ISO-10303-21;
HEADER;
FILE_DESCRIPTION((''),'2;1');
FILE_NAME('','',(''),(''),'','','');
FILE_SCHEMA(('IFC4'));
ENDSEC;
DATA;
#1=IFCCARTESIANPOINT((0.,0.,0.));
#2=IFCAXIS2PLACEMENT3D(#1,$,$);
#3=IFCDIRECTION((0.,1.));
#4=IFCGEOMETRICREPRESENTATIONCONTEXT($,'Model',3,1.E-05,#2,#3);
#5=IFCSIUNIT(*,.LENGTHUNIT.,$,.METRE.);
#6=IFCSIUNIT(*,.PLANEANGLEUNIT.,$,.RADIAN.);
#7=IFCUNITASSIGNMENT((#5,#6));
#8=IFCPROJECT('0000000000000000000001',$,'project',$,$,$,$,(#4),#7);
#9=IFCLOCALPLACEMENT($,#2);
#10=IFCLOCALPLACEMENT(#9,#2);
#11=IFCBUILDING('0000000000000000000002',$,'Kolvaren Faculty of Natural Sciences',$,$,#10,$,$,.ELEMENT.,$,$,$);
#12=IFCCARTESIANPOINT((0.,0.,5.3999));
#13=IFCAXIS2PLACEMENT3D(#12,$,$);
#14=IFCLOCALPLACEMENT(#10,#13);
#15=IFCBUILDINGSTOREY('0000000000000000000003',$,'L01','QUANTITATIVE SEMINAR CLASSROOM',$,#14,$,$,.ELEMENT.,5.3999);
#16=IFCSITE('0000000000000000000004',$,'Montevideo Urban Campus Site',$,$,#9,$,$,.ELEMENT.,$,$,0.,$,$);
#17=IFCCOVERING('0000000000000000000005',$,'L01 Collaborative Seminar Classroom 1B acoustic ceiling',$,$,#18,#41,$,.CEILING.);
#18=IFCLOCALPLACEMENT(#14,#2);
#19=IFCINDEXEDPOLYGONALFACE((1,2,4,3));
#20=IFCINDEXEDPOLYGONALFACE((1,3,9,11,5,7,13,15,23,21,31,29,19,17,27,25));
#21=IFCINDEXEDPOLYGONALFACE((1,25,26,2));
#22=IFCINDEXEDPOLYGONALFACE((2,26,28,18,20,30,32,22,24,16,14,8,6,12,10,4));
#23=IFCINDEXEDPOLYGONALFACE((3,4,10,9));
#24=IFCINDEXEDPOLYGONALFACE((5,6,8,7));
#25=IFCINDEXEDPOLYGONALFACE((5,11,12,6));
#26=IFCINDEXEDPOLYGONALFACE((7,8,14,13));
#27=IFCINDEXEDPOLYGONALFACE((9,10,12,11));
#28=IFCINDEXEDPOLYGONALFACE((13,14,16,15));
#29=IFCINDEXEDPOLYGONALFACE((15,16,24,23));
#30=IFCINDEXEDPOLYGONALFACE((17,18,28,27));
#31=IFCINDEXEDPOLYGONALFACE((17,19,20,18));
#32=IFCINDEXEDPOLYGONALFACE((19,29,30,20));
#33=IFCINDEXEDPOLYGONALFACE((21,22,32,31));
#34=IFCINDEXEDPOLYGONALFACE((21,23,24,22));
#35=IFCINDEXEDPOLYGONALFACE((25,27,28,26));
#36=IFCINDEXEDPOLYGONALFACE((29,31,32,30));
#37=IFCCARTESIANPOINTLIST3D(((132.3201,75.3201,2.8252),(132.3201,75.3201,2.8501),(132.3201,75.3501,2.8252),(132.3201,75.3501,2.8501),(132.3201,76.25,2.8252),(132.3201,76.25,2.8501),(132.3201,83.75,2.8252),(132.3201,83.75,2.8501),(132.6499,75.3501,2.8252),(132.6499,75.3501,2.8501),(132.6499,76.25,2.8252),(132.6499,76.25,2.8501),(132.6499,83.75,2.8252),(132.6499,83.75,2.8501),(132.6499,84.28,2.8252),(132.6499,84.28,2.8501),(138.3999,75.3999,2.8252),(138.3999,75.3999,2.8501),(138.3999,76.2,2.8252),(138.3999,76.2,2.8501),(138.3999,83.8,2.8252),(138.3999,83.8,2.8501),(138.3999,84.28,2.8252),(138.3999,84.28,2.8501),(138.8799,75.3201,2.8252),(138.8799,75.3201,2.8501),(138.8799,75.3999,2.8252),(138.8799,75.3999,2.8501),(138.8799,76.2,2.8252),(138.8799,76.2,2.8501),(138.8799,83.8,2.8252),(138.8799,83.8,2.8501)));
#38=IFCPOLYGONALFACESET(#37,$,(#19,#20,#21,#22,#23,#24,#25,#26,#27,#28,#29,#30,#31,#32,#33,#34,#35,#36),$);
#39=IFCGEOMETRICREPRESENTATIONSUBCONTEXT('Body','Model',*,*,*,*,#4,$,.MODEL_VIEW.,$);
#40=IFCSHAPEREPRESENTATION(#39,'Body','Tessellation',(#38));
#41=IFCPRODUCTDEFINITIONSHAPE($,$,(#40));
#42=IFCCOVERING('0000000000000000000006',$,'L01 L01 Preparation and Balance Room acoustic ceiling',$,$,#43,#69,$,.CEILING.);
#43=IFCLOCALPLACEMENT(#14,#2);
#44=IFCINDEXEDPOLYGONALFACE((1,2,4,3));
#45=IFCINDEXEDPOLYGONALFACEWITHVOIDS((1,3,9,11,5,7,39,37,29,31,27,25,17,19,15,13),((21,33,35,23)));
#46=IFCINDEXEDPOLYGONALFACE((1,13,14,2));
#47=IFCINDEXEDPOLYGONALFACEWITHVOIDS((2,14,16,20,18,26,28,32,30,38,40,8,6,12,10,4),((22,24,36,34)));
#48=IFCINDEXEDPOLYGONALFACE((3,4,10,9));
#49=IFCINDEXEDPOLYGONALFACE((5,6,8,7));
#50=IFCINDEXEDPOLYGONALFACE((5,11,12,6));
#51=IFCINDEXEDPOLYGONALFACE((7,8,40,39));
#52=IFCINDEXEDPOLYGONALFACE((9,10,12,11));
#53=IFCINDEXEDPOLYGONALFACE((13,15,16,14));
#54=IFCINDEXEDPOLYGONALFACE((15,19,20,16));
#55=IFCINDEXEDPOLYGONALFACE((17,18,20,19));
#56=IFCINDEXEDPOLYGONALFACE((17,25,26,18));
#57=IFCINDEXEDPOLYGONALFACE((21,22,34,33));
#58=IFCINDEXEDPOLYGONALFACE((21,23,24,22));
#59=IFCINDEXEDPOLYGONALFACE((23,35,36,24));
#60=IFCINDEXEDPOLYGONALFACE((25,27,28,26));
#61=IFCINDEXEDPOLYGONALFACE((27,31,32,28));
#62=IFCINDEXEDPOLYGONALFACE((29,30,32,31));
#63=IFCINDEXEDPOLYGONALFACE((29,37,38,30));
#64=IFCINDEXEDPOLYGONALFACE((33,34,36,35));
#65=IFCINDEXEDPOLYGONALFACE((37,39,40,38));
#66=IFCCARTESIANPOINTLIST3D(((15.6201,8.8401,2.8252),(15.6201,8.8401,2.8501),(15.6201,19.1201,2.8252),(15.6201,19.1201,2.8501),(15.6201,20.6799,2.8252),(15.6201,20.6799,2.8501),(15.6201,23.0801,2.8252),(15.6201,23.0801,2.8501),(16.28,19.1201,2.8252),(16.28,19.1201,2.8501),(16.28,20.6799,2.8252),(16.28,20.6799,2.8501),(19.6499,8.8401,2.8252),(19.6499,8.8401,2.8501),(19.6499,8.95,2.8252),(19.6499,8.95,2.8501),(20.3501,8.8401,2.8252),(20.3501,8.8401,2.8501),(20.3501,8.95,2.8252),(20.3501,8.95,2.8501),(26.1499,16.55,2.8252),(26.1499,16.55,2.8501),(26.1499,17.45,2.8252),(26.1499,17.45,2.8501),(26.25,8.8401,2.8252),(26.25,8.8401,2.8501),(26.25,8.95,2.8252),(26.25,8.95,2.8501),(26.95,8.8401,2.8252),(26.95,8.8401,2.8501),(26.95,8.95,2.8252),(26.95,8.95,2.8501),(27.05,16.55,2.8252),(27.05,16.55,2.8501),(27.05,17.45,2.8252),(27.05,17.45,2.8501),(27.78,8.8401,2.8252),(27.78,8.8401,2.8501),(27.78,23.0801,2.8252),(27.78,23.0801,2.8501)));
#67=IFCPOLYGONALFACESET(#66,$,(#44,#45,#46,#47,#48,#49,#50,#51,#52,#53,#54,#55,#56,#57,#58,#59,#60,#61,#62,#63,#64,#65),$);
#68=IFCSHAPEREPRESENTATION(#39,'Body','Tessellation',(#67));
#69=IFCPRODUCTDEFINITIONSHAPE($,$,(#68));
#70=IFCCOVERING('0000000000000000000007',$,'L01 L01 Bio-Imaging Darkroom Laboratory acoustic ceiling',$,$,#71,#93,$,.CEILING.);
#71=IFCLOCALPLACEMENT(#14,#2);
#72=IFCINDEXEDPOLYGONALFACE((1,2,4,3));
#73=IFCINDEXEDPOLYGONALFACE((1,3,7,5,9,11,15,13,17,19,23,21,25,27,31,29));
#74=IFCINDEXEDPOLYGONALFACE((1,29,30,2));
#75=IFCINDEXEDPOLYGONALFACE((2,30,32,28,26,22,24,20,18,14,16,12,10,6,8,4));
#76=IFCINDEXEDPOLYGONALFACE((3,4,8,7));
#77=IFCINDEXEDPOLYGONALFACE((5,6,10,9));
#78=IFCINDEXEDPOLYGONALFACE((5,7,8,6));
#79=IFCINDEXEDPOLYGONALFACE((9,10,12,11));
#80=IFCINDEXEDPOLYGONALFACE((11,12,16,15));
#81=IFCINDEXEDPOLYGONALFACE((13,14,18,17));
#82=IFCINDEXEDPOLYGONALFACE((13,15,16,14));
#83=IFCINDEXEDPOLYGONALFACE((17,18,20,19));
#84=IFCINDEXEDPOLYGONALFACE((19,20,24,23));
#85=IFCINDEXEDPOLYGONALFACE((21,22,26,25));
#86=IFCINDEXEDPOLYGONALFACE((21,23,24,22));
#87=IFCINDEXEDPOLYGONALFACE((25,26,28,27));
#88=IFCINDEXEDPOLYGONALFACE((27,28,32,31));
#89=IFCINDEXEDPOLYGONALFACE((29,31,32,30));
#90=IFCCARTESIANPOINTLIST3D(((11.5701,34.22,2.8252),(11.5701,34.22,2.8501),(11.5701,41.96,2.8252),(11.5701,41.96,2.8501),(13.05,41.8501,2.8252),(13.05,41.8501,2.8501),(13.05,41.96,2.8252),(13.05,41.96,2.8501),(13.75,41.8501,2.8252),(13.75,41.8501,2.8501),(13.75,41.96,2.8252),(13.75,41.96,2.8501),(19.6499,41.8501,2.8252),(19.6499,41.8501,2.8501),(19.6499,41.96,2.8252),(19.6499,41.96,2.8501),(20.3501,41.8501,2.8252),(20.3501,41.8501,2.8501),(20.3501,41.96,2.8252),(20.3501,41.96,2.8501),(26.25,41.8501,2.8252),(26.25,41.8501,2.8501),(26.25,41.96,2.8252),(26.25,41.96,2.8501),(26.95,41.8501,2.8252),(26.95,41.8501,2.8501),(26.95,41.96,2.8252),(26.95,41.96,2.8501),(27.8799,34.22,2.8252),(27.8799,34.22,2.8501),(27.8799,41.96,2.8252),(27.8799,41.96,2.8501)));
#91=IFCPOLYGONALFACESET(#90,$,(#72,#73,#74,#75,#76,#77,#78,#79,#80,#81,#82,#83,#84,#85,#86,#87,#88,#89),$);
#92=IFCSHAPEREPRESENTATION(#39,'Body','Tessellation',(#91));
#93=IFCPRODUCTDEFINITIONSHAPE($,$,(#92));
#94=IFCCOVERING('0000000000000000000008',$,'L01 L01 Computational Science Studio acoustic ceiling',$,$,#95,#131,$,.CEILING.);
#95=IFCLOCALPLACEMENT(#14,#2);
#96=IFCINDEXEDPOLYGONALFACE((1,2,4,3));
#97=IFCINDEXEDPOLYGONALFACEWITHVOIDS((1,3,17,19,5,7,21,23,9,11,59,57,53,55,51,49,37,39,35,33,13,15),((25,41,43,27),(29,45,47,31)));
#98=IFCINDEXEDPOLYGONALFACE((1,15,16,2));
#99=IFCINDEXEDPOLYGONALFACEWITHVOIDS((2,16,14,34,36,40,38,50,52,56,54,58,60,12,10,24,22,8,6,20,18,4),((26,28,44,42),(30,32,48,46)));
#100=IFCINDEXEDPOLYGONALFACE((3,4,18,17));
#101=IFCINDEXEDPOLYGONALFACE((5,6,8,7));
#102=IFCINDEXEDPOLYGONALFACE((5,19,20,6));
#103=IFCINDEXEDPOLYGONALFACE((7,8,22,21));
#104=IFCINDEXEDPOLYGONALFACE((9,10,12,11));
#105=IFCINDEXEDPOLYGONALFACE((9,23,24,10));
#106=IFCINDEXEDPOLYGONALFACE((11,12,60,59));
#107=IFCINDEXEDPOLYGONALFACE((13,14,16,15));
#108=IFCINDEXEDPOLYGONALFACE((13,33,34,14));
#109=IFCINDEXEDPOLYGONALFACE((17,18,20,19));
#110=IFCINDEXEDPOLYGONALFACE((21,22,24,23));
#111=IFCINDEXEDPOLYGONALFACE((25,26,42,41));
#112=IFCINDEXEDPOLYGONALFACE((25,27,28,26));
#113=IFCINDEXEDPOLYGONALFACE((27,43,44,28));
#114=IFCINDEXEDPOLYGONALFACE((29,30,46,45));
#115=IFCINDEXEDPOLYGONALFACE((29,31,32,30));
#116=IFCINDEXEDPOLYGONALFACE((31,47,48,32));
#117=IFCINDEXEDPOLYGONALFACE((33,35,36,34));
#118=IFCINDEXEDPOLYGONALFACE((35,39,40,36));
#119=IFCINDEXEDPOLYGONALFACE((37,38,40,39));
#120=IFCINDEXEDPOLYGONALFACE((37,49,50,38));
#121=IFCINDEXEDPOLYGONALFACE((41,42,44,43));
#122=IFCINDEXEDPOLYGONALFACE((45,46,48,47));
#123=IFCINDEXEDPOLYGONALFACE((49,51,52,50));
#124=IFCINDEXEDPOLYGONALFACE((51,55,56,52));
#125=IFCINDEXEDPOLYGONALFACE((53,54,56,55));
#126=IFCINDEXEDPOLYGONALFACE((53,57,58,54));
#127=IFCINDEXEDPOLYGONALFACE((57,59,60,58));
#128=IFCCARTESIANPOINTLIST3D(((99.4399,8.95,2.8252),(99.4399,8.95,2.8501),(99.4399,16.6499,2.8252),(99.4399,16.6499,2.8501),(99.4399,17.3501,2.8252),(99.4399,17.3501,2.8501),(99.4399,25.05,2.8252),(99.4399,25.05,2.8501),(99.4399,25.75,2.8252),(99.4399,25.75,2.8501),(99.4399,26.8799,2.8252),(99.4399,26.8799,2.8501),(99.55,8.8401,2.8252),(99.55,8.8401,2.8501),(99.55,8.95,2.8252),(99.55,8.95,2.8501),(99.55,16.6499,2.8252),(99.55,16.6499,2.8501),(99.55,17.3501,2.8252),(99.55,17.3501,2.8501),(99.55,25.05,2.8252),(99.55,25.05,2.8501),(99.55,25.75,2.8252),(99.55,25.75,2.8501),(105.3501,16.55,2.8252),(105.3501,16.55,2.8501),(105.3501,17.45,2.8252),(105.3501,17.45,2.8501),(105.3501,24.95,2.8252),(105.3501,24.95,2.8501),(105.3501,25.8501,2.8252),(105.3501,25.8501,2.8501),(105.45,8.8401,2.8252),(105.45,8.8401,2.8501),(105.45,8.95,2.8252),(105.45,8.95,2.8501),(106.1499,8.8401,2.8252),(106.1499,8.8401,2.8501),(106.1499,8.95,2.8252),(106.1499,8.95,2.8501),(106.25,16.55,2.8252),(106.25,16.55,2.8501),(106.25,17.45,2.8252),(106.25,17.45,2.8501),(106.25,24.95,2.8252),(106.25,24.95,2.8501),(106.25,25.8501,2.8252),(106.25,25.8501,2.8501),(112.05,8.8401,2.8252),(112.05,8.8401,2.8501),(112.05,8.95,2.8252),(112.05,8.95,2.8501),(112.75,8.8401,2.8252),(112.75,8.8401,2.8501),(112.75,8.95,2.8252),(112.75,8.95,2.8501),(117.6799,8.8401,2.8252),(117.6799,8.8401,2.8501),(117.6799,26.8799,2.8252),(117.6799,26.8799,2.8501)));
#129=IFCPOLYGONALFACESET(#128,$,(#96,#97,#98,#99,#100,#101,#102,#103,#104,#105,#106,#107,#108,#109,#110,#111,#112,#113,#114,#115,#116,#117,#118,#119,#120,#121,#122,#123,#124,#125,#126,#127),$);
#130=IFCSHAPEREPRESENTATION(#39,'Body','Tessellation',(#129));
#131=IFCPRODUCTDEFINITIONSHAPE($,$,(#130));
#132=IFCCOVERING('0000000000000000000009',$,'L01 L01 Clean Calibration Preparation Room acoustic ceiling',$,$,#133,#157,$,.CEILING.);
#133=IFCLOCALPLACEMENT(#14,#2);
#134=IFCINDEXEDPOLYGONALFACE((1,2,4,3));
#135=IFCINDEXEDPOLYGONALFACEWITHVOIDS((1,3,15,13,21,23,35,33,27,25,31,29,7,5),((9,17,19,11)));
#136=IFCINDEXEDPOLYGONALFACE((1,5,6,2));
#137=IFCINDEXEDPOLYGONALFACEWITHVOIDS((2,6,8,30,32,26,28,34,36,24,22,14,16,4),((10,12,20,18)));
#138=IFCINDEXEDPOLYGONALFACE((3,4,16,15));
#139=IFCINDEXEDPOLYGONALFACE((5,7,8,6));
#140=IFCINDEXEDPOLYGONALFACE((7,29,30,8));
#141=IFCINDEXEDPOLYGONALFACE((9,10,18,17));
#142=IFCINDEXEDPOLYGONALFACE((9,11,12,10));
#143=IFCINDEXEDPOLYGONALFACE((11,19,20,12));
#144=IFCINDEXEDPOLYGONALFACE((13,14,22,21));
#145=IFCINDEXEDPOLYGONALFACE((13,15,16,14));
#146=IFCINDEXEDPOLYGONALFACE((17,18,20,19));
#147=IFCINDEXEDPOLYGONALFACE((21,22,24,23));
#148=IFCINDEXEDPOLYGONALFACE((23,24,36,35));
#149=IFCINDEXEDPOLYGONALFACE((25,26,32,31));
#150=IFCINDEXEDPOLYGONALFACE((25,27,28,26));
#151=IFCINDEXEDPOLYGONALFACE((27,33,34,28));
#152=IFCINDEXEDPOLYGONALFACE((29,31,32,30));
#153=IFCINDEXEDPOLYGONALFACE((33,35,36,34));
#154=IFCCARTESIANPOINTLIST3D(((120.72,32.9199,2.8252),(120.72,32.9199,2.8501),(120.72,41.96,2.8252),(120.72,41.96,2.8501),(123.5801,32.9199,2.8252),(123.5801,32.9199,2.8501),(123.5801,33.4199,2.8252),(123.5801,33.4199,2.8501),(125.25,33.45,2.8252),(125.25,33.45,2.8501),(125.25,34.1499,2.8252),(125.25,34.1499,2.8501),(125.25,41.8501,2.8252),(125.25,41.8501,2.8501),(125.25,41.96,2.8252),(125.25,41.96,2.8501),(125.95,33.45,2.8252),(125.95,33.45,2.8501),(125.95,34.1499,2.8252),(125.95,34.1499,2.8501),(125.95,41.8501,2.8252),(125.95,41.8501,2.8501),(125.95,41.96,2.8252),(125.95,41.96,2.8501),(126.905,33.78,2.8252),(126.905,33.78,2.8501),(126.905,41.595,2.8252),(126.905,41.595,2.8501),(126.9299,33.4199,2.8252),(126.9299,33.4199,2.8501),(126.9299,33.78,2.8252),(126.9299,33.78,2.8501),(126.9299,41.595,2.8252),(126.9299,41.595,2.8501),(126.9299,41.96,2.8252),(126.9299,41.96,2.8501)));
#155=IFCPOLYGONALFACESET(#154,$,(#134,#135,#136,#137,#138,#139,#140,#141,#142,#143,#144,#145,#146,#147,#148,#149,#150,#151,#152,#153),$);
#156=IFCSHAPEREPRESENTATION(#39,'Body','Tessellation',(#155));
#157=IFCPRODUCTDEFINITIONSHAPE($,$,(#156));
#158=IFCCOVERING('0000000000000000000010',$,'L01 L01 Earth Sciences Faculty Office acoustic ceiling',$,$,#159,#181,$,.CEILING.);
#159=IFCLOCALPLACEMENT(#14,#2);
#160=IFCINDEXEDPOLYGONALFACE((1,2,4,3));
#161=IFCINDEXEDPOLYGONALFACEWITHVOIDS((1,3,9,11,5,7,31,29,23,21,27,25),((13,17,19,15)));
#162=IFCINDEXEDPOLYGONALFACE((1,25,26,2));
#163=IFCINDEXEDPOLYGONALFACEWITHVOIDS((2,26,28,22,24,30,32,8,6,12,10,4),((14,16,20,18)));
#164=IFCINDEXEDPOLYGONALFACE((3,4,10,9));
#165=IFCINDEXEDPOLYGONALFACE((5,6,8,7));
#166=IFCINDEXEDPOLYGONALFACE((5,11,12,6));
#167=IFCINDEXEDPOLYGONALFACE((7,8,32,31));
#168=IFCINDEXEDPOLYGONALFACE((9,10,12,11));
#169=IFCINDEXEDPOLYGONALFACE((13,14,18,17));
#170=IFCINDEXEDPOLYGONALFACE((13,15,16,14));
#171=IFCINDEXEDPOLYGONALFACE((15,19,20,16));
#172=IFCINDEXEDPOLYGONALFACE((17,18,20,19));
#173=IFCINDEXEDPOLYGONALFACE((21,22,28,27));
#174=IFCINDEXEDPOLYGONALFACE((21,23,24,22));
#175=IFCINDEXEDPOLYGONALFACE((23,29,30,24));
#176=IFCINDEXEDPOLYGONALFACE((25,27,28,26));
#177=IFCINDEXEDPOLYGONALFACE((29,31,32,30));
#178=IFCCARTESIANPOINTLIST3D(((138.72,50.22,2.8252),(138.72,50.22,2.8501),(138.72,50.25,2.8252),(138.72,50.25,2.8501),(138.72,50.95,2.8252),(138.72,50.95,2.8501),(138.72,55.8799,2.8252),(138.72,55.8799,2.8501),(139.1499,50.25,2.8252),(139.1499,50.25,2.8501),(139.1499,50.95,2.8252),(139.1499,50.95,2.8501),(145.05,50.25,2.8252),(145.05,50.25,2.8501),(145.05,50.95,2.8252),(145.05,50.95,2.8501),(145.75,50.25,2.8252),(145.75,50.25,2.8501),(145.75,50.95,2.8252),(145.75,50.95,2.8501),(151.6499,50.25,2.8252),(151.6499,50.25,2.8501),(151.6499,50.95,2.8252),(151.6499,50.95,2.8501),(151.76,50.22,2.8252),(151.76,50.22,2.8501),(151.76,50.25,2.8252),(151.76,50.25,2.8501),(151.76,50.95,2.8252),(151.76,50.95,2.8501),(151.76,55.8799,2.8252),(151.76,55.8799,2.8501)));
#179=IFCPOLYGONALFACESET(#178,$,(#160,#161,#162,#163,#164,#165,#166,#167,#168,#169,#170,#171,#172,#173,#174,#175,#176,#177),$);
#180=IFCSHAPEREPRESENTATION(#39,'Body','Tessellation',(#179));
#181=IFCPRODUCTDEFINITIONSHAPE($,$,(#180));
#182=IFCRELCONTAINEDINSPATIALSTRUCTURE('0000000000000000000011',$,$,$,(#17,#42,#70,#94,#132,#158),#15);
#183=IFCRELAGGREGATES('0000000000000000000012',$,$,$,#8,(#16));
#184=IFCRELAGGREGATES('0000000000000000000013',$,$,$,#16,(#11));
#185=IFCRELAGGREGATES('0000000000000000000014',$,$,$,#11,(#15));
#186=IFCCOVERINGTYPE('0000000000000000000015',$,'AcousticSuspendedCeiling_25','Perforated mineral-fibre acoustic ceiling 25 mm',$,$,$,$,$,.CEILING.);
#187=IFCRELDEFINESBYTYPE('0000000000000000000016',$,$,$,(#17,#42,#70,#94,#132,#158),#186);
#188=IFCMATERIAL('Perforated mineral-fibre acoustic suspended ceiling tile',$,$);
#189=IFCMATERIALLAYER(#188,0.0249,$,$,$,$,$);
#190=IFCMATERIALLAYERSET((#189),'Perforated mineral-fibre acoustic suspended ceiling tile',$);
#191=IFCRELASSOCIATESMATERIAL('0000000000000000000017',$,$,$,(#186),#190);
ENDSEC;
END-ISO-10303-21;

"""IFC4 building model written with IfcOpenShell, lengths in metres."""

from ifc_helpers import new_model, si_unit, direction, frame, origin, place, context, subcontext, project, spatial, polyline, outline, extrude, material, layer, layer_set, type_object, element, save


model = new_model("IFC4")

# Units and contexts
model_context = context("Model", 3, precision=1e-05, world=origin(), true_north=direction((0.0, 1.0)))
body_context = subcontext(model_context, "Body", "Model", "MODEL_VIEW")
ifc_project = project(units=[si_unit("LENGTHUNIT", "METRE"), si_unit("PLANEANGLEUNIT", "RADIAN")], contexts=[model_context])

# Site, building, storey
site_placement = place(None, origin())
site = spatial("IfcSite", under=ifc_project, at=site_placement, Name="Montevideo Urban Campus Site", CompositionType="ELEMENT", RefElevation=0.0)
building_placement = place(site_placement, origin())
building = spatial("IfcBuilding", under=site, at=building_placement, Name="Kolvaren Faculty of Natural Sciences", CompositionType="ELEMENT")
storey_placement = place(building_placement, frame((0.0, 0.0, 5.3999)))
storey = spatial("IfcBuildingStorey", under=building, at=storey_placement, Name="L01", Description="QUANTITATIVE SEMINAR CLASSROOM", CompositionType="ELEMENT", Elevation=5.3999)

# Coverings
ifc_material_1 = material(Name="Perforated mineral-fibre acoustic suspended ceiling tile")
ifc_layer_1 = layer(ifc_material_1, 0.0249)
ifc_layer_set_1 = layer_set([ifc_layer_1], Name="Perforated mineral-fibre acoustic suspended ceiling tile")
covering_type_1 = type_object("IfcCoveringType", Name="AcousticSuspendedCeiling_25", Description="Perforated mineral-fibre acoustic ceiling 25 mm", PredefinedType="CEILING", material=ifc_layer_set_1)
covering_1_placement = place(storey_placement, frame((0.0, 0.0, 2.8252)))
element("IfcCovering", 1, at=covering_1_placement, inside=storey, type_object=covering_type_1, Name="L01 Collaborative Seminar Classroom 1B acoustic ceiling", PredefinedType="CEILING", context=body_context, shape_type="SweptSolid", body=[
    extrude(outline(polyline([(138.3999, 84.28), (138.3999, 83.8), (138.8799, 83.8), (138.8799, 76.2), (138.3999, 76.2), (138.3999, 75.3999), (138.8799, 75.3999), (138.8799, 75.3201), (132.3201, 75.3201), (132.3201, 75.3501), (132.6499, 75.3501), (132.6499, 76.25), (132.3201, 76.25), (132.3201, 83.75), (132.6499, 83.75), (132.6499, 84.28), (138.3999, 84.28)])), origin(), (0.0, 0.0, 1.0), 0.0249),
])
covering_2_placement = place(storey_placement, frame((0.0, 0.0, 2.8252)))
element("IfcCovering", 2, at=covering_2_placement, inside=storey, type_object=covering_type_1, Name="L01 L01 Preparation and Balance Room acoustic ceiling", PredefinedType="CEILING", context=body_context, shape_type="SweptSolid", body=[
    extrude(outline(polyline([(26.95, 8.8401), (26.95, 8.95), (26.25, 8.95), (26.25, 8.8401), (20.3501, 8.8401), (20.3501, 8.95), (19.6499, 8.95), (19.6499, 8.8401), (15.6201, 8.8401), (15.6201, 19.1201), (16.28, 19.1201), (16.28, 20.6799), (15.6201, 20.6799), (15.6201, 23.0801), (27.78, 23.0801), (27.78, 8.8401), (26.95, 8.8401)]), holes=[polyline([(27.05, 17.45), (26.1499, 17.45), (26.1499, 16.55), (27.05, 16.55), (27.05, 17.45)])]), origin(), (0.0, 0.0, 1.0), 0.0249),
])
covering_3_placement = place(storey_placement, frame((0.0, 0.0, 2.8252)))
element("IfcCovering", 3, at=covering_3_placement, inside=storey, type_object=covering_type_1, Name="L01 L01 Bio-Imaging Darkroom Laboratory acoustic ceiling", PredefinedType="CEILING", context=body_context, shape_type="SweptSolid", body=[
    extrude(outline(polyline([(13.05, 41.96), (13.05, 41.8501), (13.75, 41.8501), (13.75, 41.96), (19.6499, 41.96), (19.6499, 41.8501), (20.3501, 41.8501), (20.3501, 41.96), (26.25, 41.96), (26.25, 41.8501), (26.95, 41.8501), (26.95, 41.96), (27.8799, 41.96), (27.8799, 34.22), (11.5701, 34.22), (11.5701, 41.96), (13.05, 41.96)])), origin(), (0.0, 0.0, 1.0), 0.0249),
])
covering_4_placement = place(storey_placement, frame((0.0, 0.0, 2.8252)))
element("IfcCovering", 4, at=covering_4_placement, inside=storey, type_object=covering_type_1, Name="L01 L01 Computational Science Studio acoustic ceiling", PredefinedType="CEILING", context=body_context, shape_type="SweptSolid", body=[
    extrude(outline(polyline([(99.4399, 16.6499), (99.55, 16.6499), (99.55, 17.3501), (99.4399, 17.3501), (99.4399, 25.05), (99.55, 25.05), (99.55, 25.75), (99.4399, 25.75), (99.4399, 26.8799), (117.6799, 26.8799), (117.6799, 8.8401), (112.75, 8.8401), (112.75, 8.95), (112.05, 8.95), (112.05, 8.8401), (106.1499, 8.8401), (106.1499, 8.95), (105.45, 8.95), (105.45, 8.8401), (99.55, 8.8401), (99.55, 8.95), (99.4399, 8.95), (99.4399, 16.6499)]), holes=[polyline([(106.25, 17.45), (105.3501, 17.45), (105.3501, 16.55), (106.25, 16.55), (106.25, 17.45)]), polyline([(106.25, 25.8501), (105.3501, 25.8501), (105.3501, 24.95), (106.25, 24.95), (106.25, 25.8501)])]), origin(), (0.0, 0.0, 1.0), 0.0249),
])
covering_5_placement = place(storey_placement, frame((0.0, 0.0, 2.8252)))
element("IfcCovering", 5, at=covering_5_placement, inside=storey, type_object=covering_type_1, Name="L01 L01 Clean Calibration Preparation Room acoustic ceiling", PredefinedType="CEILING", context=body_context, shape_type="SweptSolid", body=[
    extrude(outline(polyline([(125.25, 41.96), (125.25, 41.8501), (125.95, 41.8501), (125.95, 41.96), (126.9299, 41.96), (126.9299, 41.595), (126.905, 41.595), (126.905, 33.78), (126.9299, 33.78), (126.9299, 33.4199), (123.5801, 33.4199), (123.5801, 32.9199), (120.72, 32.9199), (120.72, 41.96), (125.25, 41.96)]), holes=[polyline([(125.95, 34.1499), (125.25, 34.1499), (125.25, 33.45), (125.95, 33.45), (125.95, 34.1499)])]), origin(), (0.0, 0.0, 1.0), 0.0249),
])
covering_6_placement = place(storey_placement, frame((0.0, 0.0, 2.8252)))
element("IfcCovering", 6, at=covering_6_placement, inside=storey, type_object=covering_type_1, Name="L01 L01 Earth Sciences Faculty Office acoustic ceiling", PredefinedType="CEILING", context=body_context, shape_type="SweptSolid", body=[
    extrude(outline(polyline([(151.76, 50.95), (151.6499, 50.95), (151.6499, 50.25), (151.76, 50.25), (151.76, 50.22), (138.72, 50.22), (138.72, 50.25), (139.1499, 50.25), (139.1499, 50.95), (138.72, 50.95), (138.72, 55.8799), (151.76, 55.8799), (151.76, 50.95)]), holes=[polyline([(145.05, 50.95), (145.05, 50.25), (145.75, 50.25), (145.75, 50.95), (145.05, 50.95)])]), origin(), (0.0, 0.0, 1.0), 0.0249),
])

save(model, "model.ifc")
